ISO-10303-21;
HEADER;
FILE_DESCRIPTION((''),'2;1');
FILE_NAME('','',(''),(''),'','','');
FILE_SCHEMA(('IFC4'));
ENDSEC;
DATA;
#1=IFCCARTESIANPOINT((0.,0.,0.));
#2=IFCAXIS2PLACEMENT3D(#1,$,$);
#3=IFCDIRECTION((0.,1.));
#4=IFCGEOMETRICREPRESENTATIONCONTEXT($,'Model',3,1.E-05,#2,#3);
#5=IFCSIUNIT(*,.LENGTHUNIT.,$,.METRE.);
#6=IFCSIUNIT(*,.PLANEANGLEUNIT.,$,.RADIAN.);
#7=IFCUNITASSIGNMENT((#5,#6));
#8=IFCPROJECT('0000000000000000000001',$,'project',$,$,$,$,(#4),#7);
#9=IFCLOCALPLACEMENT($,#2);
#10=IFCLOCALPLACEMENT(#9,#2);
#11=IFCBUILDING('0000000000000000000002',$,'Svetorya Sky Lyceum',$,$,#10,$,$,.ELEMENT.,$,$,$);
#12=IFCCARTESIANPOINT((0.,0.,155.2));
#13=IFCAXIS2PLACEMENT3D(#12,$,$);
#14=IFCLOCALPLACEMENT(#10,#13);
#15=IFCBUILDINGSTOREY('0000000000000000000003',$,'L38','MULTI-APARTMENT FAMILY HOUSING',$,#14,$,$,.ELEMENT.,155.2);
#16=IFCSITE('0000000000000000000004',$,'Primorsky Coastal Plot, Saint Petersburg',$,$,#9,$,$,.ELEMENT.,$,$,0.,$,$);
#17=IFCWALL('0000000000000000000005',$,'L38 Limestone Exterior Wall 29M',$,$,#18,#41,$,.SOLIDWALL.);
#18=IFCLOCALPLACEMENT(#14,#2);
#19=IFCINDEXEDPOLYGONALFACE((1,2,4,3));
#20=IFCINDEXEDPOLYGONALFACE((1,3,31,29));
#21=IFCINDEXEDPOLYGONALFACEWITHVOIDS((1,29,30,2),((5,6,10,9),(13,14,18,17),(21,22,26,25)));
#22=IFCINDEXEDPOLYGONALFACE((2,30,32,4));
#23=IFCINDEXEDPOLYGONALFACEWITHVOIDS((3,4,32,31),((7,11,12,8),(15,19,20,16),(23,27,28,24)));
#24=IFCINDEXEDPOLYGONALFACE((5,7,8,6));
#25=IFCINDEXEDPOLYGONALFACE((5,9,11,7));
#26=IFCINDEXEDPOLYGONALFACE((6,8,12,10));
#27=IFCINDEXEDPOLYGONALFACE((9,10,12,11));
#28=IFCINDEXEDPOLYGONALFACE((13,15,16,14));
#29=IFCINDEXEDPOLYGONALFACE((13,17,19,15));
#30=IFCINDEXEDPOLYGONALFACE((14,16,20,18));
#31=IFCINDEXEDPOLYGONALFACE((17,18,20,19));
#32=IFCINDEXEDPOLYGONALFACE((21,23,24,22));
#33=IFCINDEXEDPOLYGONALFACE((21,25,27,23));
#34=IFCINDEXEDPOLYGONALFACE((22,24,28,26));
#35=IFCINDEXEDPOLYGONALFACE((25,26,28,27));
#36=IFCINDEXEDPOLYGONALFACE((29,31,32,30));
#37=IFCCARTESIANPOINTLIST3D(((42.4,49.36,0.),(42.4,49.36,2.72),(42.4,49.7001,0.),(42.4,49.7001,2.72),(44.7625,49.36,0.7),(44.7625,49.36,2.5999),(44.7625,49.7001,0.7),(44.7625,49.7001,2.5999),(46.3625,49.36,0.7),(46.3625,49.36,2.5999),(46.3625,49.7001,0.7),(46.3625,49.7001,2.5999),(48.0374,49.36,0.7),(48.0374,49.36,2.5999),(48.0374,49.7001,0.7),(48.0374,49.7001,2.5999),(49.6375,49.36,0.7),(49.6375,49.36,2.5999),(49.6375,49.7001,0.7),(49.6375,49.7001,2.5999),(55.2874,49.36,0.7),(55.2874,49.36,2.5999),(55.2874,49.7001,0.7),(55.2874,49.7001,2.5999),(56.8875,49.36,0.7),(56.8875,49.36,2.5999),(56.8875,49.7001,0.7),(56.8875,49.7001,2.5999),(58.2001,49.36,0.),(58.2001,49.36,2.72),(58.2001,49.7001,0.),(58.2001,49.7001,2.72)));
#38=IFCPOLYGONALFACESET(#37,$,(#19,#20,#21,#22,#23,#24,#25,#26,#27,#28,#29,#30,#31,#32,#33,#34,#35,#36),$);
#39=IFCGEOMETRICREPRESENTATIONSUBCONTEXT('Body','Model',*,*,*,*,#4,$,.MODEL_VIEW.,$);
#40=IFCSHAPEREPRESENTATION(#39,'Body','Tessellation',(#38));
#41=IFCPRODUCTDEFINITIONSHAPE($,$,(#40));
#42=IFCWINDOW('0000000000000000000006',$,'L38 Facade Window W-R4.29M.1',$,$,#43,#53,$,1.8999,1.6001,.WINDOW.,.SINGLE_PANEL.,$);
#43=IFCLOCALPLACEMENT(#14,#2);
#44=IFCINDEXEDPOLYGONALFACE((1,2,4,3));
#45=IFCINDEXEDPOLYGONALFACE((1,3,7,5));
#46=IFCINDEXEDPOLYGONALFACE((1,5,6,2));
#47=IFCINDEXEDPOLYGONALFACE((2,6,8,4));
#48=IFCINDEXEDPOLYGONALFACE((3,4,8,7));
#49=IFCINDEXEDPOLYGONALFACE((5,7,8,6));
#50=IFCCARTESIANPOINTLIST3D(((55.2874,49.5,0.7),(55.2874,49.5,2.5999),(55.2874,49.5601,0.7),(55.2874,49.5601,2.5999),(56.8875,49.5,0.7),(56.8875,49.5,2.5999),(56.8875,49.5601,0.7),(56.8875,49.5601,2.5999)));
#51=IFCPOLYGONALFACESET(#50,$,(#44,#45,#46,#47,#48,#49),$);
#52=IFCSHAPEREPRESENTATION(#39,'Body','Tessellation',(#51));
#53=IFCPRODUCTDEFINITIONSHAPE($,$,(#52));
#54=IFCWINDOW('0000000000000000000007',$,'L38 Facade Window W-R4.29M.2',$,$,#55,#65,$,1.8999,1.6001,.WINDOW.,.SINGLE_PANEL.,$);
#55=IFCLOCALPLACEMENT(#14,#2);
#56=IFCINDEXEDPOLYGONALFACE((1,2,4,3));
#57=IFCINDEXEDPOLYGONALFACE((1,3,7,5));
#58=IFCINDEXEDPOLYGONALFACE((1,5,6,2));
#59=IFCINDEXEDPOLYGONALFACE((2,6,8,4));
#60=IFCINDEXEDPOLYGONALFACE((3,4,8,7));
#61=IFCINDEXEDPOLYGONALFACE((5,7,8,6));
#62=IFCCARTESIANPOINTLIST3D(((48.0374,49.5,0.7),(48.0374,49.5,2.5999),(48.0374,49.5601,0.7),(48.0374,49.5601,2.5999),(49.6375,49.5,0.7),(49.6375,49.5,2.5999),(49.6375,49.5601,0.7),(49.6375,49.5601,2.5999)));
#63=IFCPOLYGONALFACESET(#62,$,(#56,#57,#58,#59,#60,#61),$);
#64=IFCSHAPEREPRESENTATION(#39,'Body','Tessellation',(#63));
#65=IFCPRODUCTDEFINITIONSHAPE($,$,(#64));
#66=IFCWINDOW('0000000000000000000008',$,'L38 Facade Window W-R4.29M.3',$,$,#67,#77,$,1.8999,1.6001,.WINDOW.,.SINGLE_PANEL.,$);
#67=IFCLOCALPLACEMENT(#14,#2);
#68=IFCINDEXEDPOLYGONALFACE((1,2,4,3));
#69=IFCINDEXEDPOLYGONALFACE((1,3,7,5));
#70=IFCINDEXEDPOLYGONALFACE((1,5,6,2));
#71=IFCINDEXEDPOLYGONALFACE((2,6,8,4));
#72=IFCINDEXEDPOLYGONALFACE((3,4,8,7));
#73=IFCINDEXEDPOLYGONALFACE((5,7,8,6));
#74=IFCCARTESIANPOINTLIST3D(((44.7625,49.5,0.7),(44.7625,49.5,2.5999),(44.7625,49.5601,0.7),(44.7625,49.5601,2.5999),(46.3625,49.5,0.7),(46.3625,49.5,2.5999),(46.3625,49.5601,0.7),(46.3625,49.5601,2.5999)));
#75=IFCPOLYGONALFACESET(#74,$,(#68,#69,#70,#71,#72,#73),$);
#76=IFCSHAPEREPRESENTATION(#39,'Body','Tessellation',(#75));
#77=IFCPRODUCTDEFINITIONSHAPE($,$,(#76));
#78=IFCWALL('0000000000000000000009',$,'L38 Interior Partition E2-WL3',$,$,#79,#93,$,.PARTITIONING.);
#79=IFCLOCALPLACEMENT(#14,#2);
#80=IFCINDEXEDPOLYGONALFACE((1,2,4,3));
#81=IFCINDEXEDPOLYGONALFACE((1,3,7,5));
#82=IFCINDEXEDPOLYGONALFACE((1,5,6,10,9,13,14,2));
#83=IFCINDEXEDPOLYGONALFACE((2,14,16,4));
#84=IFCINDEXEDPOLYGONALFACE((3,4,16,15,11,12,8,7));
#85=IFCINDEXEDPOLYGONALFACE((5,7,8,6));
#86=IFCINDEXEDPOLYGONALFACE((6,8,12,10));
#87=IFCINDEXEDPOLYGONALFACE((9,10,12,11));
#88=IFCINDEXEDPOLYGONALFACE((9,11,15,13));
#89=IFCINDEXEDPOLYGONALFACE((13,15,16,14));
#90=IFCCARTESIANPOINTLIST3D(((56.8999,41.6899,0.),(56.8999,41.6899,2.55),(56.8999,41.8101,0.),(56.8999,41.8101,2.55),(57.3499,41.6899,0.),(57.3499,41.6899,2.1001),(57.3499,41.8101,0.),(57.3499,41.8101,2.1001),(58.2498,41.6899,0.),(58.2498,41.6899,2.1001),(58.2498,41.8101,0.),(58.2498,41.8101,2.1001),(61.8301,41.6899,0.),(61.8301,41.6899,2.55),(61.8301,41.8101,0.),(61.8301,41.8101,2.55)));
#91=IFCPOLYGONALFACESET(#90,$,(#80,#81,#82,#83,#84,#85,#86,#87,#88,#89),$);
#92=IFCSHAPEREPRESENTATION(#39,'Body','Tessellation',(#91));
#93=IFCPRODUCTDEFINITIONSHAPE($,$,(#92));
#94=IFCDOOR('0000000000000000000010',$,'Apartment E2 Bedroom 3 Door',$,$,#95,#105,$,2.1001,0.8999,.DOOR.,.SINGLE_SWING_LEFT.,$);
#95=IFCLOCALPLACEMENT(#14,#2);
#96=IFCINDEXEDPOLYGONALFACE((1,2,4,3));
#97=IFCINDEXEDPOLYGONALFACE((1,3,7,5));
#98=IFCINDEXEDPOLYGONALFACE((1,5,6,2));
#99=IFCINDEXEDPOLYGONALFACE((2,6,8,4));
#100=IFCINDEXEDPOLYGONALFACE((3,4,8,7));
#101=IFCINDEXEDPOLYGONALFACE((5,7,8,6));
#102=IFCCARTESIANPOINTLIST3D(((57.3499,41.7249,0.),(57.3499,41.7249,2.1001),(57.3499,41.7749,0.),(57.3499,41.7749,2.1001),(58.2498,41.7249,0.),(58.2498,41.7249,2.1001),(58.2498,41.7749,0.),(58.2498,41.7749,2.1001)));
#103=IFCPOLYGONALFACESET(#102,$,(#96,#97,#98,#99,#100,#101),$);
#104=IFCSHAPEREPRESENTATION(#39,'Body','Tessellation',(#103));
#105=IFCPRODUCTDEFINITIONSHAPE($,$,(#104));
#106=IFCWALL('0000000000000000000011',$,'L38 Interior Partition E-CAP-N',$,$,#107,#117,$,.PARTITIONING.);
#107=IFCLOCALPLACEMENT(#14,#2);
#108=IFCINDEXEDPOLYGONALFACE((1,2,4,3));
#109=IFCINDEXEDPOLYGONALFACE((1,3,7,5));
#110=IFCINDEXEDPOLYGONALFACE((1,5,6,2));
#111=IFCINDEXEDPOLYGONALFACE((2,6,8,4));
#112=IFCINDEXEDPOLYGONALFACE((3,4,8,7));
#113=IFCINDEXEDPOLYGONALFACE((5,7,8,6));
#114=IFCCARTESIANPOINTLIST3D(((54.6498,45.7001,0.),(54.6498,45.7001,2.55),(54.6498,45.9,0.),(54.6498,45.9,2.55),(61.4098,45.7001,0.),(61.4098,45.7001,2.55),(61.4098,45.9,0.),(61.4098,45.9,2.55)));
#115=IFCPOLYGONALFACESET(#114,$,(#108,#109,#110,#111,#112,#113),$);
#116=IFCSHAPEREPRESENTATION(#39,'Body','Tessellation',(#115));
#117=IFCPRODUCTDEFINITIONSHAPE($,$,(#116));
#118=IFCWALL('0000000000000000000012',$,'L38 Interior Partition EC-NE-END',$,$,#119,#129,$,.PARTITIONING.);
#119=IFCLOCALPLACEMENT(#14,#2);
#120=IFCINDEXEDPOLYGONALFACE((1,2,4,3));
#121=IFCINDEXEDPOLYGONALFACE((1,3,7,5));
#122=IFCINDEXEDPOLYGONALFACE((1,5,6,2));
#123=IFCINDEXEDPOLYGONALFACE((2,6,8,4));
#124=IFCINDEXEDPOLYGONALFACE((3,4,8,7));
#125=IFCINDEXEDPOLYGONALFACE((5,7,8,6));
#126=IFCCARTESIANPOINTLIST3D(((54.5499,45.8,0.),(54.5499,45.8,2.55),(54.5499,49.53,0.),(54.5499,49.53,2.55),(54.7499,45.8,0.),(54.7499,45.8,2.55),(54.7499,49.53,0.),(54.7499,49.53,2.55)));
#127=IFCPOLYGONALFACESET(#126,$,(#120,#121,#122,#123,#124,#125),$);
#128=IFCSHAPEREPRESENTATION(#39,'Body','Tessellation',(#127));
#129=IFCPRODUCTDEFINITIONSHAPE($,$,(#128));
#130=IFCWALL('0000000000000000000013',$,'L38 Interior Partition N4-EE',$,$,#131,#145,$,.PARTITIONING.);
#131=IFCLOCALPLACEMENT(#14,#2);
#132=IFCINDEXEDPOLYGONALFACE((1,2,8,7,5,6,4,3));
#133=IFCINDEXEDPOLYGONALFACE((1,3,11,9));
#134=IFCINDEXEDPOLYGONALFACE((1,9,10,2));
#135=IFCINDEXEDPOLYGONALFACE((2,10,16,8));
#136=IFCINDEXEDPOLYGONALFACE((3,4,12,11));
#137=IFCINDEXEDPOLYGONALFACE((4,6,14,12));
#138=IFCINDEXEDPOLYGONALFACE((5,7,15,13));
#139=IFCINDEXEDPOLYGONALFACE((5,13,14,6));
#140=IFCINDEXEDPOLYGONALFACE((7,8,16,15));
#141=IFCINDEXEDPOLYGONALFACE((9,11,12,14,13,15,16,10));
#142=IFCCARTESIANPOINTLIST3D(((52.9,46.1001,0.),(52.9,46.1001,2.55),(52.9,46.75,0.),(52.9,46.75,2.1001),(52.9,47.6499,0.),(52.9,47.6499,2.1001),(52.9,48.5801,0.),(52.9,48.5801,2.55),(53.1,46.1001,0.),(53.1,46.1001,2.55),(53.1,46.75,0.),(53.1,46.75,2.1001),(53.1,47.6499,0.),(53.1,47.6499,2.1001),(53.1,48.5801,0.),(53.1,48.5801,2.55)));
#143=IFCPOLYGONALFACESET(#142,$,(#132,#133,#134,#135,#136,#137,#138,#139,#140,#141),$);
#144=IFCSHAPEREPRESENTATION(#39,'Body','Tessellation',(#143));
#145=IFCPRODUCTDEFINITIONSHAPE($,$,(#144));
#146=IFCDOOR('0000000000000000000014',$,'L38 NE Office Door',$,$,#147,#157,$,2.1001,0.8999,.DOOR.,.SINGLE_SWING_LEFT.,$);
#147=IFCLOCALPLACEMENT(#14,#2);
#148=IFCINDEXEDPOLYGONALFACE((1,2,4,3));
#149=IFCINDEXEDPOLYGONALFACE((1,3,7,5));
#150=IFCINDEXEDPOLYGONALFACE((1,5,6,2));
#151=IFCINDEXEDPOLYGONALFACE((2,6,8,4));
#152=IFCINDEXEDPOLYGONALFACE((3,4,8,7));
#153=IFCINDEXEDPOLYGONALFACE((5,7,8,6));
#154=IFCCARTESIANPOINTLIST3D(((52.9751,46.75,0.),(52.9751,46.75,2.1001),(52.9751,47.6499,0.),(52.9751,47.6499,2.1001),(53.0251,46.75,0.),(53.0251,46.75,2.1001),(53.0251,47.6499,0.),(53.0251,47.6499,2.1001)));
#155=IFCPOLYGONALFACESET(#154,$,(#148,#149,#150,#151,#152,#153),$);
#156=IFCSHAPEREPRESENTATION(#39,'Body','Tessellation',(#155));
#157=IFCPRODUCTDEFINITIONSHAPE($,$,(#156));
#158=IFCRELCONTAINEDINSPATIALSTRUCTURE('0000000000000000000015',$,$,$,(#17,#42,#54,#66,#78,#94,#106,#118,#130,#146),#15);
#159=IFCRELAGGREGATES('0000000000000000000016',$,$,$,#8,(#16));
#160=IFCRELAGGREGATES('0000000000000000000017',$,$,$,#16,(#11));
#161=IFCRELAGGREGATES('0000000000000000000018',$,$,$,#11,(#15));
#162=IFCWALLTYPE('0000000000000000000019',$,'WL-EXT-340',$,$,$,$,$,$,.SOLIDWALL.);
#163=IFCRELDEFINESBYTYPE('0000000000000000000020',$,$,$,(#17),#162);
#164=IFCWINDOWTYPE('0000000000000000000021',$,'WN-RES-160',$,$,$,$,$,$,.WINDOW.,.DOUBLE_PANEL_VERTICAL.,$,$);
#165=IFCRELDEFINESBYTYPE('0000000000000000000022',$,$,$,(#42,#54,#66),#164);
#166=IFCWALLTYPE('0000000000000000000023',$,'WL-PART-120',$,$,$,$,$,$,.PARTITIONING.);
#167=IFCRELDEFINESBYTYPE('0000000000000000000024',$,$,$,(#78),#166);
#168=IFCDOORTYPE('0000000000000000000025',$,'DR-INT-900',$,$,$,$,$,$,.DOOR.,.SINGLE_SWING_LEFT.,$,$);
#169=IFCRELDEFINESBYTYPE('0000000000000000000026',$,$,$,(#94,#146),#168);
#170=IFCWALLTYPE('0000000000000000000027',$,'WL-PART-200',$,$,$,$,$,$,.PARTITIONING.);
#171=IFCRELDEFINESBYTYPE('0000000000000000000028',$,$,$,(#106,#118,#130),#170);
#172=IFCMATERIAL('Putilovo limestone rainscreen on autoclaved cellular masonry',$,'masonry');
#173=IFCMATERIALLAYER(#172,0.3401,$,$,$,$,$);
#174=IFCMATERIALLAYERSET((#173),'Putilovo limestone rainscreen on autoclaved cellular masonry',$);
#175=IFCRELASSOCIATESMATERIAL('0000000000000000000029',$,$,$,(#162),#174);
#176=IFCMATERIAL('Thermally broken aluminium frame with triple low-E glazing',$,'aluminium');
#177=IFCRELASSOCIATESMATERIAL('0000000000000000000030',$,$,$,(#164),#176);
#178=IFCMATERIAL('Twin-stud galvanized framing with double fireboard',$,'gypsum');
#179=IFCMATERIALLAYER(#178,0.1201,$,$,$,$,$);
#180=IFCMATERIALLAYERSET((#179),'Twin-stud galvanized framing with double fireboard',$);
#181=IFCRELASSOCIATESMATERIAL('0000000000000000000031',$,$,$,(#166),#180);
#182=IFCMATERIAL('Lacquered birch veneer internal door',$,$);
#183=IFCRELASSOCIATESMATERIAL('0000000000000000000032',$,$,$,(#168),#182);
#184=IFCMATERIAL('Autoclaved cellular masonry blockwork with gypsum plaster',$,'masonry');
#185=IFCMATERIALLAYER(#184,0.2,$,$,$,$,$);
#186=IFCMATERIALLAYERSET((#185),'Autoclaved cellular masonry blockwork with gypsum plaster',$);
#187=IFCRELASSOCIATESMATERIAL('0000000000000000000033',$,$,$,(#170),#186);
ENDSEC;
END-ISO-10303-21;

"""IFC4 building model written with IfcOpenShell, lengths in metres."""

from ifc_helpers import new_model, si_unit, direction, frame, frame_2d, origin, place, context, subcontext, project, spatial, rectangle, extrude, material, layer, layer_set, type_object, element, fill, save


model = new_model("IFC4")

# Units and contexts
model_context = context("Model", 3, precision=1e-05, world=origin(), true_north=direction((0.0, 1.0)))
body_context = subcontext(model_context, "Body", "Model", "MODEL_VIEW")
ifc_project = project(units=[si_unit("LENGTHUNIT", "METRE"), si_unit("PLANEANGLEUNIT", "RADIAN")], contexts=[model_context])

# Site, building, storey
site_placement = place(None, origin())
site = spatial("IfcSite", under=ifc_project, at=site_placement, Name="Primorsky Coastal Plot, Saint Petersburg", CompositionType="ELEMENT", RefElevation=0.0)
building_placement = place(site_placement, origin())
building = spatial("IfcBuilding", under=site, at=building_placement, Name="Svetorya Sky Lyceum", CompositionType="ELEMENT")
storey_placement = place(building_placement, frame((0.0, 0.0, 155.2)))
storey = spatial("IfcBuildingStorey", under=building, at=storey_placement, Name="L38", Description="MULTI-APARTMENT FAMILY HOUSING", CompositionType="ELEMENT", Elevation=155.2)

# Shared definitions
ifc_material_1 = material(Name="Putilovo limestone rainscreen on autoclaved cellular masonry", Category="masonry")
ifc_layer_1 = layer(ifc_material_1, 0.3401)
ifc_layer_set_1 = layer_set([ifc_layer_1], Name="Putilovo limestone rainscreen on autoclaved cellular masonry")
wall_type_1 = type_object("IfcWallType", Name="WL-EXT-340", PredefinedType="SOLIDWALL", material=ifc_layer_set_1)

# Wall, openings, windows
wall_1_placement = place(storey_placement, frame((58.2, 49.53, 0.0), z_axis=(0.0, 0.0, 1.0), x_axis=(-1.0, 0.0, 0.0)))
wall_1 = element("IfcWall", 1, at=wall_1_placement, inside=storey, type_object=wall_type_1, Name="L38 Limestone Exterior Wall 29M", PredefinedType="SOLIDWALL", context=body_context, shape_type="SweptSolid", body=[
    extrude(rectangle(XDim=15.8, YDim=0.3401, at=frame_2d((7.8999, 0.0))), origin(), (0.0, 0.0, 1.0), 2.72),
])
opening_1_placement = place(wall_1_placement, frame((1.3125, 0.0, 0.7)))
opening_1 = element("IfcOpeningElement", 2, at=opening_1_placement, cuts=wall_1, PredefinedType="OPENING", context=body_context, shape_type="SweptSolid", body=[
    extrude(rectangle(XDim=1.6001, YDim=1.8999, at=frame_2d((0.8, 0.95))), frame((0.0, 0.1799, 0.0), z_axis=(0.0, -1.0, 0.0), x_axis=(1.0, 0.0, 0.0)), (0.0, 0.0, 1.0), 0.3601),
])
opening_2_placement = place(wall_1_placement, frame((8.5625, 0.0, 0.7)))
opening_2 = element("IfcOpeningElement", 3, at=opening_2_placement, cuts=wall_1, PredefinedType="OPENING", context=body_context, shape_type="SweptSolid", body=[
    extrude(rectangle(XDim=1.6001, YDim=1.8999, at=frame_2d((0.8, 0.95))), frame((0.0, 0.1799, 0.0), z_axis=(0.0, -1.0, 0.0), x_axis=(1.0, 0.0, 0.0)), (0.0, 0.0, 1.0), 0.3601),
])
opening_3_placement = place(wall_1_placement, frame((11.8374, 0.0, 0.7)))
opening_3 = element("IfcOpeningElement", 4, at=opening_3_placement, cuts=wall_1, PredefinedType="OPENING", context=body_context, shape_type="SweptSolid", body=[
    extrude(rectangle(XDim=1.6001, YDim=1.8999, at=frame_2d((0.8, 0.95))), frame((0.0, 0.1799, 0.0), z_axis=(0.0, -1.0, 0.0), x_axis=(1.0, 0.0, 0.0)), (0.0, 0.0, 1.0), 0.3601),
])
ifc_material_2 = material(Name="Thermally broken aluminium frame with triple low-E glazing", Category="aluminium")
window_type = type_object("IfcWindowType", Name="WN-RES-160", PartitioningType="DOUBLE_PANEL_VERTICAL", PredefinedType="WINDOW", material=ifc_material_2)
window_1_placement = place(opening_1_placement, origin())
window_1 = element("IfcWindow", 5, at=window_1_placement, inside=storey, type_object=window_type, Name="L38 Facade Window W-R4.29M.1", OverallHeight=1.8999, OverallWidth=1.6001, PartitioningType="SINGLE_PANEL", PredefinedType="WINDOW", context=body_context, shape_type="SweptSolid", body=[
    extrude(rectangle(XDim=1.6001, YDim=1.8999, at=frame_2d((0.8, 0.95))), frame((0.0, 0.03, 0.0), z_axis=(0.0, -1.0, 0.0), x_axis=(1.0, 0.0, 0.0)), (0.0, 0.0, 1.0), 0.0601),
])
fill(opening_1, window_1)
window_2_placement = place(opening_2_placement, origin())
window_2 = element("IfcWindow", 6, at=window_2_placement, inside=storey, type_object=window_type, Name="L38 Facade Window W-R4.29M.2", OverallHeight=1.8999, OverallWidth=1.6001, PartitioningType="SINGLE_PANEL", PredefinedType="WINDOW", context=body_context, shape_type="SweptSolid", body=[
    extrude(rectangle(XDim=1.6001, YDim=1.8999, at=frame_2d((0.8, 0.95))), frame((0.0, 0.03, 0.0), z_axis=(0.0, -1.0, 0.0), x_axis=(1.0, 0.0, 0.0)), (0.0, 0.0, 1.0), 0.0601),
])
fill(opening_2, window_2)
window_3_placement = place(opening_3_placement, origin())
window_3 = element("IfcWindow", 7, at=window_3_placement, inside=storey, type_object=window_type, Name="L38 Facade Window W-R4.29M.3", OverallHeight=1.8999, OverallWidth=1.6001, PartitioningType="SINGLE_PANEL", PredefinedType="WINDOW", context=body_context, shape_type="SweptSolid", body=[
    extrude(rectangle(XDim=1.6001, YDim=1.8999, at=frame_2d((0.8, 0.95))), frame((0.0, 0.03, 0.0), z_axis=(0.0, -1.0, 0.0), x_axis=(1.0, 0.0, 0.0)), (0.0, 0.0, 1.0), 0.0601),
])
fill(opening_3, window_3)

# Wall, opening, door
ifc_material_3 = material(Name="Twin-stud galvanized framing with double fireboard", Category="gypsum")
ifc_layer_2 = layer(ifc_material_3, 0.1201)
ifc_layer_set_2 = layer_set([ifc_layer_2], Name="Twin-stud galvanized framing with double fireboard")
wall_type_2 = type_object("IfcWallType", Name="WL-PART-120", PredefinedType="PARTITIONING", material=ifc_layer_set_2)
wall_2_placement = place(storey_placement, frame((56.8999, 41.75, 0.0), z_axis=(0.0, 0.0, 1.0), x_axis=(1.0, 0.0, 0.0)))
wall_2 = element("IfcWall", 8, at=wall_2_placement, inside=storey, type_object=wall_type_2, Name="L38 Interior Partition E2-WL3", PredefinedType="PARTITIONING", context=body_context, shape_type="SweptSolid", body=[
    extrude(rectangle(XDim=4.9302, YDim=0.1201, at=frame_2d((2.4651, 0.0))), origin(), (0.0, 0.0, 1.0), 2.55),
])
opening_4_placement = place(wall_2_placement, frame((0.45, 0.0, 0.0)))
opening_4 = element("IfcOpeningElement", 9, at=opening_4_placement, cuts=wall_2, PredefinedType="OPENING", context=body_context, shape_type="SweptSolid", body=[
    extrude(rectangle(XDim=0.8999, YDim=2.1001, at=frame_2d((0.45, 1.05))), frame((0.0, 0.0701, 0.0), z_axis=(0.0, -1.0, 0.0), x_axis=(1.0, 0.0, 0.0)), (0.0, 0.0, 1.0), 0.1401),
])
ifc_material_4 = material(Name="Lacquered birch veneer internal door")
door_type = type_object("IfcDoorType", Name="DR-INT-900", OperationType="SINGLE_SWING_LEFT", PredefinedType="DOOR", material=ifc_material_4)
door_1_placement = place(opening_4_placement, origin())
door_1 = element("IfcDoor", 10, at=door_1_placement, inside=storey, type_object=door_type, Name="Apartment E2 Bedroom 3 Door", OperationType="SINGLE_SWING_LEFT", OverallHeight=2.1001, OverallWidth=0.8999, PredefinedType="DOOR", context=body_context, shape_type="SweptSolid", body=[
    extrude(rectangle(XDim=0.8999, YDim=2.1001, at=frame_2d((0.45, 1.05))), frame((0.0, 0.0249, 0.0), z_axis=(0.0, -1.0, 0.0), x_axis=(1.0, 0.0, 0.0)), (0.0, 0.0, 1.0), 0.05),
])
fill(opening_4, door_1)

# Walls
ifc_material_5 = material(Name="Autoclaved cellular masonry blockwork with gypsum plaster", Category="masonry")
ifc_layer_3 = layer(ifc_material_5, 0.2)
ifc_layer_set_3 = layer_set([ifc_layer_3], Name="Autoclaved cellular masonry blockwork with gypsum plaster")
wall_type_3 = type_object("IfcWallType", Name="WL-PART-200", PredefinedType="PARTITIONING", material=ifc_layer_set_3)
wall_3_placement = place(storey_placement, frame((54.6499, 45.8, 0.0), z_axis=(0.0, 0.0, 1.0), x_axis=(1.0, 0.0, 0.0)))
element("IfcWall", 11, at=wall_3_placement, inside=storey, type_object=wall_type_3, Name="L38 Interior Partition E-CAP-N", PredefinedType="PARTITIONING", context=body_context, shape_type="SweptSolid", body=[
    extrude(rectangle(XDim=6.76, YDim=0.2, at=frame_2d((3.3799, 0.0))), origin(), (0.0, 0.0, 1.0), 2.55),
])
wall_4_placement = place(storey_placement, frame((54.6499, 45.8, 0.0), z_axis=(0.0, 0.0, 1.0), x_axis=(0.0, 1.0, 0.0)))
element("IfcWall", 12, at=wall_4_placement, inside=storey, type_object=wall_type_3, Name="L38 Interior Partition EC-NE-END", PredefinedType="PARTITIONING", context=body_context, shape_type="SweptSolid", body=[
    extrude(rectangle(XDim=3.73, YDim=0.2, at=frame_2d((1.865, 0.0))), origin(), (0.0, 0.0, 1.0), 2.55),
])

# Wall, opening, door
wall_5_placement = place(storey_placement, frame((53.0, 46.1001, 0.0), z_axis=(0.0, 0.0, 1.0), x_axis=(0.0, 1.0, 0.0)))
wall_5 = element("IfcWall", 13, at=wall_5_placement, inside=storey, type_object=wall_type_3, Name="L38 Interior Partition N4-EE", PredefinedType="PARTITIONING", context=body_context, shape_type="SweptSolid", body=[
    extrude(rectangle(XDim=2.48, YDim=0.2, at=frame_2d((1.24, 0.0))), origin(), (0.0, 0.0, 1.0), 2.55),
])
opening_5_placement = place(wall_5_placement, frame((0.6499, 0.0, 0.0)))
opening_5 = element("IfcOpeningElement", 14, at=opening_5_placement, cuts=wall_5, PredefinedType="OPENING", context=body_context, shape_type="SweptSolid", body=[
    extrude(rectangle(XDim=0.8999, YDim=2.1001, at=frame_2d((0.45, 1.05))), frame((0.0, 0.1099, 0.0), z_axis=(0.0, -1.0, 0.0), x_axis=(1.0, 0.0, 0.0)), (0.0, 0.0, 1.0), 0.22),
])
door_2_placement = place(opening_5_placement, origin())
door_2 = element("IfcDoor", 15, at=door_2_placement, inside=storey, type_object=door_type, Name="L38 NE Office Door", OperationType="SINGLE_SWING_LEFT", OverallHeight=2.1001, OverallWidth=0.8999, PredefinedType="DOOR", context=body_context, shape_type="SweptSolid", body=[
    extrude(rectangle(XDim=0.8999, YDim=2.1001, at=frame_2d((0.45, 1.05))), frame((0.0, 0.0249, 0.0), z_axis=(0.0, -1.0, 0.0), x_axis=(1.0, 0.0, 0.0)), (0.0, 0.0, 1.0), 0.05),
])
fill(opening_5, door_2)

save(model, "model.ifc")
